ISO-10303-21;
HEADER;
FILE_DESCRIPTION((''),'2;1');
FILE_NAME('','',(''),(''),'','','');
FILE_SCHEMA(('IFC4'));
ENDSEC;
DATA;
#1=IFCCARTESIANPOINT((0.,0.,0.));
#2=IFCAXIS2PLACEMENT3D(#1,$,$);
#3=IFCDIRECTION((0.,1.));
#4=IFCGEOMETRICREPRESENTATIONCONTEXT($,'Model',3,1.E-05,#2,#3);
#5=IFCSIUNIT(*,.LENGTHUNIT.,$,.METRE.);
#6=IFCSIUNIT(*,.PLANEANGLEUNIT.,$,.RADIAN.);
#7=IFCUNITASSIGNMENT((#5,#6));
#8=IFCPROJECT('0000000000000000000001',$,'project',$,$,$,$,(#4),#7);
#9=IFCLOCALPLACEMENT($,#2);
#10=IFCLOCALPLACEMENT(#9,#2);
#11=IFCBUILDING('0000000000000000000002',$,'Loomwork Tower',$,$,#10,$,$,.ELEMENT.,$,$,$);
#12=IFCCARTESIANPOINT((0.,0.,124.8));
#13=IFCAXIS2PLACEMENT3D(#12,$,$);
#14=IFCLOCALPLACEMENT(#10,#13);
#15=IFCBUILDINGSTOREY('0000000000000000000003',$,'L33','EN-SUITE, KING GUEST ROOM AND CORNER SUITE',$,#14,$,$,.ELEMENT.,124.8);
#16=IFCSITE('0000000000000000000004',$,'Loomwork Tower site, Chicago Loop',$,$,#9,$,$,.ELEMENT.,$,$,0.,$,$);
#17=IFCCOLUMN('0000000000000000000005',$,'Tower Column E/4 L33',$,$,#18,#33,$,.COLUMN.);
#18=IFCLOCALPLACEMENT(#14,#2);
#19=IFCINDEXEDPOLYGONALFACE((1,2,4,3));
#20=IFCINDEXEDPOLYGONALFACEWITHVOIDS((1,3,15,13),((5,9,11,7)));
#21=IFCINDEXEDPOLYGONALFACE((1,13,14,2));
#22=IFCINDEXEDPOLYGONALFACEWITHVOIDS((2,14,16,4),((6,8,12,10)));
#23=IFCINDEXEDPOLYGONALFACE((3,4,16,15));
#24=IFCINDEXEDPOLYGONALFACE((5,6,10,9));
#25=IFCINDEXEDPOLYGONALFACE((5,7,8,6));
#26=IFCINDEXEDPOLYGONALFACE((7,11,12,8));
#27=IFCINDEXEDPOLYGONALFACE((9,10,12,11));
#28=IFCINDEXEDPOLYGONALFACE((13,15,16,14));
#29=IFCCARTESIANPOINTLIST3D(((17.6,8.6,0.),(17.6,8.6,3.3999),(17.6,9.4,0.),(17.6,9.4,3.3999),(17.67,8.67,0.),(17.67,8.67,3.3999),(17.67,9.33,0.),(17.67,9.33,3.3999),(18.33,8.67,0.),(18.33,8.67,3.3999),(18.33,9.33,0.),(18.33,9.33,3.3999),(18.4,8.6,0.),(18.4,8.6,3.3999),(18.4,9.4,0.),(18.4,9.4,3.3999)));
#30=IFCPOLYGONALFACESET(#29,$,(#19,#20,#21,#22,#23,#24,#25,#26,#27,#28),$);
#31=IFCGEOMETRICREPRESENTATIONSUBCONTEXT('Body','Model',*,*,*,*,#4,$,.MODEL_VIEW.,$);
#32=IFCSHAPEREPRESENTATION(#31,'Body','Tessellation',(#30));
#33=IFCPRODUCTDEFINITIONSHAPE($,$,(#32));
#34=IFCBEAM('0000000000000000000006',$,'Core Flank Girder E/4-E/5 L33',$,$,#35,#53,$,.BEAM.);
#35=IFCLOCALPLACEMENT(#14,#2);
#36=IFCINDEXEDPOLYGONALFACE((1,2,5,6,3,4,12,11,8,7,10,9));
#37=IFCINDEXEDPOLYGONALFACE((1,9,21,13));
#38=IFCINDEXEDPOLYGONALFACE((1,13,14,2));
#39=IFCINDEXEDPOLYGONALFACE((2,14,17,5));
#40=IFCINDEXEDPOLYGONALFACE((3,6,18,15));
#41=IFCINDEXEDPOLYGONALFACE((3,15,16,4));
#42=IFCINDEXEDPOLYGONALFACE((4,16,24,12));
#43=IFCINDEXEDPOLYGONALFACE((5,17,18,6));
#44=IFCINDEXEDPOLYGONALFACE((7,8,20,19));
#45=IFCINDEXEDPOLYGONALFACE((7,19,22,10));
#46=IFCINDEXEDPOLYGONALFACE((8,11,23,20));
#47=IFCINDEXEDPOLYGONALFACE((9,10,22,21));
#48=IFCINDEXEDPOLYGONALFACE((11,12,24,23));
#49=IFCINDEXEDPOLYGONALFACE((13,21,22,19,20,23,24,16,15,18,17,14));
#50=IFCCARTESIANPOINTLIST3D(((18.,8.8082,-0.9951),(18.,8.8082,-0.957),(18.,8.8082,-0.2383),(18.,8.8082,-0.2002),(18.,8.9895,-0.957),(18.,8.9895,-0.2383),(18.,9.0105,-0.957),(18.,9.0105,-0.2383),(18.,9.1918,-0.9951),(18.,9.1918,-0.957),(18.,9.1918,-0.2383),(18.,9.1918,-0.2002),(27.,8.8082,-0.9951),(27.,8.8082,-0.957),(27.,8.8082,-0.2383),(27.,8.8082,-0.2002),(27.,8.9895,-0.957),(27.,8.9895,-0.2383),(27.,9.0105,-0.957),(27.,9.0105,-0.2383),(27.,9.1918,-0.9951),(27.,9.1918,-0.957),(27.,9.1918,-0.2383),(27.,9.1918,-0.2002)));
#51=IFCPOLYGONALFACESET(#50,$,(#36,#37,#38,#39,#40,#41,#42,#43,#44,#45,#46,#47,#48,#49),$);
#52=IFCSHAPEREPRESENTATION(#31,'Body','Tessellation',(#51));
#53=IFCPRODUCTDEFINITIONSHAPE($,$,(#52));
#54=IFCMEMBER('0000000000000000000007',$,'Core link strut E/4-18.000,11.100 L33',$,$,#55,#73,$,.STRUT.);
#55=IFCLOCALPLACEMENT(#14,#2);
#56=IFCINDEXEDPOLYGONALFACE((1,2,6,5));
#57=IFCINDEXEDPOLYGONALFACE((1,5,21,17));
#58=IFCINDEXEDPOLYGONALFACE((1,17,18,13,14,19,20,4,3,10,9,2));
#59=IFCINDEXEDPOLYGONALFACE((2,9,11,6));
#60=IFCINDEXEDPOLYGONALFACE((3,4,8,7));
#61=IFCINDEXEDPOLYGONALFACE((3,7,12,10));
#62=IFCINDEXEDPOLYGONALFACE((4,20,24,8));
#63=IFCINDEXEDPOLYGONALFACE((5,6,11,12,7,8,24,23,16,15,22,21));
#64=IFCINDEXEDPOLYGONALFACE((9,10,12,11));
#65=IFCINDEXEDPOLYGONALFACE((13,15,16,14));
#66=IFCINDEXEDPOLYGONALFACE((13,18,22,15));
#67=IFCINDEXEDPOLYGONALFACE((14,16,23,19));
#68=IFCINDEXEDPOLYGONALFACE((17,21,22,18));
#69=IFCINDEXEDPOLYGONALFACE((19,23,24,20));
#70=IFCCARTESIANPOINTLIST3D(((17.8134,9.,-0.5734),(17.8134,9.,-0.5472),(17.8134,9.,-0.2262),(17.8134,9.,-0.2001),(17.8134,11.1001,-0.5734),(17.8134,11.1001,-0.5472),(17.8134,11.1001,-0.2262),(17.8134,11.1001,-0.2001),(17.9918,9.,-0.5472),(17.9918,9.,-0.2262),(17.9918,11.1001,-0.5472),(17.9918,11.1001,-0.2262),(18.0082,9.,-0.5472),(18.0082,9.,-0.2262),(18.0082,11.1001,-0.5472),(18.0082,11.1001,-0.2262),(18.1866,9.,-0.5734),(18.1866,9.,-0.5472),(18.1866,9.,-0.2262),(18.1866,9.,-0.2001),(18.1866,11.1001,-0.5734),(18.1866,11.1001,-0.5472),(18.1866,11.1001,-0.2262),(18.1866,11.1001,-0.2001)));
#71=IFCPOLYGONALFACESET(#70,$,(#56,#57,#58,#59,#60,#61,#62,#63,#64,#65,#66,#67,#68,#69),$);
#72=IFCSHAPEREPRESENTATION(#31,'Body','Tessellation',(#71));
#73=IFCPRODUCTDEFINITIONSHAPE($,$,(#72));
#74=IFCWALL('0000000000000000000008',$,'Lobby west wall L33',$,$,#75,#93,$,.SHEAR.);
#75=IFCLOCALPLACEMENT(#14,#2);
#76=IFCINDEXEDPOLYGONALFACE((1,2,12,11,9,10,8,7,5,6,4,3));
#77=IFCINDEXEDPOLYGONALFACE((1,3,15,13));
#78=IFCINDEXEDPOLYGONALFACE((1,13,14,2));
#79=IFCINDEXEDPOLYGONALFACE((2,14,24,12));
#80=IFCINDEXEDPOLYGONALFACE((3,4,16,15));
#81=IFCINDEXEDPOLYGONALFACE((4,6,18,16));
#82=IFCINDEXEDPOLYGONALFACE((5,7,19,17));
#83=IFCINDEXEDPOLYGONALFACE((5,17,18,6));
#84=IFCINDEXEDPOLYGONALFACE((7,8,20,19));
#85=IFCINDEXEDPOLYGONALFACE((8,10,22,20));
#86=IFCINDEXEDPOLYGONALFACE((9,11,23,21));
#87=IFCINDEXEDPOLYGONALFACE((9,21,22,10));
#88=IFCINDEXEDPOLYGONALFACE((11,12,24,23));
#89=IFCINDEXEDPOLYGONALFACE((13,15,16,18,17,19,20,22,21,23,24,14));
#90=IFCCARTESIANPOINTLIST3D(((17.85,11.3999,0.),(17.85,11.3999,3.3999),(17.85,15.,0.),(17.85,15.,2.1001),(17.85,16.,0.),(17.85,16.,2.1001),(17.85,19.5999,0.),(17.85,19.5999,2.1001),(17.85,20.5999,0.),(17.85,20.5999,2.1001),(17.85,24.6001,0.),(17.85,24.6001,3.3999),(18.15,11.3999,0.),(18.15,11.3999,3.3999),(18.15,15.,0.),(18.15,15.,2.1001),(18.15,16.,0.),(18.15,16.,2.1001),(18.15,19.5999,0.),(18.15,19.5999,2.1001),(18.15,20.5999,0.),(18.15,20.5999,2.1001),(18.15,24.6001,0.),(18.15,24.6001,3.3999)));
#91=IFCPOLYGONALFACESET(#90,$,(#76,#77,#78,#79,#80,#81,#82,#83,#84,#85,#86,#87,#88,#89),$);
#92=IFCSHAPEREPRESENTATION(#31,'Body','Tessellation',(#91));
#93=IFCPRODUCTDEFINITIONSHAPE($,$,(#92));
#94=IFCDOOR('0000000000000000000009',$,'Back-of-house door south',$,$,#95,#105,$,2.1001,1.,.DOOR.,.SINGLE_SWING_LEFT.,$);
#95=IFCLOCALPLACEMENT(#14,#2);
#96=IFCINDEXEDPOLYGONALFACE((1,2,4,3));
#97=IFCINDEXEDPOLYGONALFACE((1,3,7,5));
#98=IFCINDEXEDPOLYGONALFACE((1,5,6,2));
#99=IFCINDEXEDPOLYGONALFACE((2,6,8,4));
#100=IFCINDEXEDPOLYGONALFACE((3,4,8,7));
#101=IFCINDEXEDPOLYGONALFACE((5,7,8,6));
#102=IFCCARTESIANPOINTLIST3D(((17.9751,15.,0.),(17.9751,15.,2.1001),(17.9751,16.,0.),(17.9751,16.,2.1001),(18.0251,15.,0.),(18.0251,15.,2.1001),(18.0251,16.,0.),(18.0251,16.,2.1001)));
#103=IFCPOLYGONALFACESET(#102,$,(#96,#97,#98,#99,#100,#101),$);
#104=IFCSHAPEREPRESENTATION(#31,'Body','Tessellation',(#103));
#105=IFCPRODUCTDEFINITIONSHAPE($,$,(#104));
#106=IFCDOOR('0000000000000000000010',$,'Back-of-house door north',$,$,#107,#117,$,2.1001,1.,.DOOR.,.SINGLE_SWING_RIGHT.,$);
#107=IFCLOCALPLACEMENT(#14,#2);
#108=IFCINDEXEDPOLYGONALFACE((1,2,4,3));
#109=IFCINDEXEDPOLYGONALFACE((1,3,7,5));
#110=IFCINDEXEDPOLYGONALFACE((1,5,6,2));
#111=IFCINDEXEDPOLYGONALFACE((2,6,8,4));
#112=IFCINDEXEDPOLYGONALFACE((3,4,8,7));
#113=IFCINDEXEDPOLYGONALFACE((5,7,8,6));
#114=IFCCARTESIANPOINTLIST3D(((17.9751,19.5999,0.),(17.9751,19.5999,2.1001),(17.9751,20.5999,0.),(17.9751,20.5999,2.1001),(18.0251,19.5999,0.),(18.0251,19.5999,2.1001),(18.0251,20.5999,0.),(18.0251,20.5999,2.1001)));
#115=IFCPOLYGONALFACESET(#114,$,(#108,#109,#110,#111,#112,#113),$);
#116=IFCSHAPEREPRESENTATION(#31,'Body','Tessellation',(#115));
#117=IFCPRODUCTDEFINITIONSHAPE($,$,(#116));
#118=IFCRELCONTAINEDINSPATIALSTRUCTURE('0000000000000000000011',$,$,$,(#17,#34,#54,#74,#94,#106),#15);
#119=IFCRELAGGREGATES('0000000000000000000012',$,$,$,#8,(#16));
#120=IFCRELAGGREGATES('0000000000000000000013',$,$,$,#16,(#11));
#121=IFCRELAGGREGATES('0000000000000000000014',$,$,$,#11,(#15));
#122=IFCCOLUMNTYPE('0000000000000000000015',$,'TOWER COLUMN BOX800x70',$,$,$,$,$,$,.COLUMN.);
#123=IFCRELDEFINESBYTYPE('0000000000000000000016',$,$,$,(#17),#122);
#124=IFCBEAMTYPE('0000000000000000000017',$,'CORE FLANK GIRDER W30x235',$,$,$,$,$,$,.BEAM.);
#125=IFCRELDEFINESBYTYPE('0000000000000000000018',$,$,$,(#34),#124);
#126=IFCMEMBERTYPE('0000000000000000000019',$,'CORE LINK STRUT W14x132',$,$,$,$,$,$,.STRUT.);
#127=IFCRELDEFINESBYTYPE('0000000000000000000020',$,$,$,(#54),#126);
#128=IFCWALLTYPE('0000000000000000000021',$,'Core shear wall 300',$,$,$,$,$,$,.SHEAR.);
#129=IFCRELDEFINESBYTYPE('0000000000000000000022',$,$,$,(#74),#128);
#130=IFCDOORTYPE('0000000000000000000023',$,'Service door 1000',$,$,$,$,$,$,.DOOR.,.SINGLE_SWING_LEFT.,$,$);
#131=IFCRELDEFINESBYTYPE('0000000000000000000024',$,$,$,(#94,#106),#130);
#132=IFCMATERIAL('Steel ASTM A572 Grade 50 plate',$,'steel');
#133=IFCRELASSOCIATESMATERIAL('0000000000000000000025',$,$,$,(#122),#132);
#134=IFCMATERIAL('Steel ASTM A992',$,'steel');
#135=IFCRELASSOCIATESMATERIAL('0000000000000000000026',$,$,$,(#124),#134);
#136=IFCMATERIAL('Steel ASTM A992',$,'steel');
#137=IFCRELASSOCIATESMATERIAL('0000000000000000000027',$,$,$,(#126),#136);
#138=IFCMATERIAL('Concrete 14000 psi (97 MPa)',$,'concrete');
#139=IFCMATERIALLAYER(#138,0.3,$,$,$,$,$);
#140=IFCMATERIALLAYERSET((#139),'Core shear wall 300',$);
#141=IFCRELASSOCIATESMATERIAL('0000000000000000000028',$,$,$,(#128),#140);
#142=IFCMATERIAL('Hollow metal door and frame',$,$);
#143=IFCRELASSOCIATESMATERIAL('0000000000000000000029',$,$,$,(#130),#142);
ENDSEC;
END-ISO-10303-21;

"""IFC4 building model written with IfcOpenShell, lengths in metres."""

from ifc_helpers import new_model, si_unit, direction, frame, frame_2d, origin, origin_2d, place, context, subcontext, project, spatial, rectangle, hollow_rectangle, i_section, extrude, material, layer, layer_set, material_profile, profile_set, type_object, element, fill, save


model = new_model("IFC4")

# Units and contexts
model_context = context("Model", 3, precision=1e-05, world=origin(), true_north=direction((0.0, 1.0)))
body_context = subcontext(model_context, "Body", "Model", "MODEL_VIEW")
ifc_project = project(units=[si_unit("LENGTHUNIT", "METRE"), si_unit("PLANEANGLEUNIT", "RADIAN")], contexts=[model_context])

# Site, building, storey
site_placement = place(None, origin())
site = spatial("IfcSite", under=ifc_project, at=site_placement, Name="Loomwork Tower site, Chicago Loop", CompositionType="ELEMENT", RefElevation=0.0)
building_placement = place(site_placement, origin())
building = spatial("IfcBuilding", under=site, at=building_placement, Name="Loomwork Tower", CompositionType="ELEMENT")
storey_placement = place(building_placement, frame((0.0, 0.0, 124.8)))
storey = spatial("IfcBuildingStorey", under=building, at=storey_placement, Name="L33", Description="EN-SUITE, KING GUEST ROOM AND CORNER SUITE", CompositionType="ELEMENT", Elevation=124.8)

# Column
ifc_material_1 = material(Name="Steel ASTM A572 Grade 50 plate", Category="steel")
ifc_material_profile_1 = material_profile(ifc_material_1, hollow_rectangle(XDim=0.8, YDim=0.8, WallThickness=0.0701, at=origin_2d()), Name="BOX800x70")
ifc_profile_set_1 = profile_set([ifc_material_profile_1], Name="Steel ASTM A572 Grade 50 plate")
column_type = type_object("IfcColumnType", Name="TOWER COLUMN BOX800x70", PredefinedType="COLUMN", material=ifc_profile_set_1)
column_placement = place(storey_placement, frame((18.0, 9.0, 0.0), z_axis=(0.0, 0.0, 1.0), x_axis=(1.0, 0.0, 0.0)))
element("IfcColumn", 1, at=column_placement, inside=storey, type_object=column_type, Name="Tower Column E/4 L33", PredefinedType="COLUMN", context=body_context, shape_type="SweptSolid", body=[
    extrude(hollow_rectangle(XDim=0.8, YDim=0.8, WallThickness=0.0701, at=origin_2d()), origin(), (0.0, 0.0, 1.0), 3.3999),
])

# Beam
ifc_material_2 = material(Name="Steel ASTM A992", Category="steel")
ifc_material_profile_2 = material_profile(ifc_material_2, i_section(OverallWidth=0.3835, OverallDepth=0.7949, WebThickness=0.021, FlangeThickness=0.0381, at=origin_2d()), Name="W30x235")
ifc_profile_set_2 = profile_set([ifc_material_profile_2], Name="Steel ASTM A992")
beam_type = type_object("IfcBeamType", Name="CORE FLANK GIRDER W30x235", PredefinedType="BEAM", material=ifc_profile_set_2)
beam_placement = place(storey_placement, frame((18.0, 9.0, -0.5977), z_axis=(1.0, 0.0, 0.0), x_axis=(0.0, 1.0, 0.0)))
element("IfcBeam", 2, at=beam_placement, inside=storey, type_object=beam_type, Name="Core Flank Girder E/4-E/5 L33", PredefinedType="BEAM", context=body_context, shape_type="SweptSolid", body=[
    extrude(i_section(OverallWidth=0.3835, OverallDepth=0.7949, WebThickness=0.021, FlangeThickness=0.0381, at=origin_2d()), origin(), (0.0, 0.0, 1.0), 9.0),
])

# Member
ifc_material_3 = material(Name="Steel ASTM A992", Category="steel")
ifc_material_profile_3 = material_profile(ifc_material_3, i_section(OverallWidth=0.3733, OverallDepth=0.3733, WebThickness=0.0164, FlangeThickness=0.0261, at=origin_2d()), Name="W14x132")
ifc_profile_set_3 = profile_set([ifc_material_profile_3], Name="Steel ASTM A992")
member_type = type_object("IfcMemberType", Name="CORE LINK STRUT W14x132", PredefinedType="STRUT", material=ifc_profile_set_3)
member_placement = place(storey_placement, frame((18.0, 9.0, -0.3867), z_axis=(0.0, 1.0, 0.0), x_axis=(-1.0, 0.0, 0.0)))
element("IfcMember", 3, at=member_placement, inside=storey, type_object=member_type, Name="Core link strut E/4-18.000,11.100 L33", PredefinedType="STRUT", context=body_context, shape_type="SweptSolid", body=[
    extrude(i_section(OverallWidth=0.3733, OverallDepth=0.3733, WebThickness=0.0164, FlangeThickness=0.0261, at=origin_2d()), origin(), (0.0, 0.0, 1.0), 2.1001),
])

# Wall, openings, doors
ifc_material_4 = material(Name="Concrete 14000 psi (97 MPa)", Category="concrete")
ifc_layer_1 = layer(ifc_material_4, 0.3)
ifc_layer_set_1 = layer_set([ifc_layer_1], Name="Core shear wall 300")
wall_type_1 = type_object("IfcWallType", Name="Core shear wall 300", PredefinedType="SHEAR", material=ifc_layer_set_1)
wall_1_placement = place(storey_placement, frame((18.0, 11.3999, 0.0), z_axis=(0.0, 0.0, 1.0), x_axis=(0.0, 1.0, 0.0)))
wall_1 = element("IfcWall", 4, at=wall_1_placement, inside=storey, type_object=wall_type_1, Name="Lobby west wall L33", PredefinedType="SHEAR", context=body_context, shape_type="SweptSolid", body=[
    extrude(rectangle(XDim=13.2002, YDim=0.3, at=frame_2d((6.6001, 0.0))), origin(), (0.0, 0.0, 1.0), 3.3999),
])
opening_1_placement = place(wall_1_placement, frame((3.6001, 0.0, 0.0)))
opening_1 = element("IfcOpeningElement", 5, at=opening_1_placement, cuts=wall_1, PredefinedType="OPENING", context=body_context, shape_type="SweptSolid", body=[
    extrude(rectangle(XDim=1.0, YDim=2.1001, at=frame_2d((0.5, 1.05))), frame((0.0, 0.1599, 0.0), z_axis=(0.0, -1.0, 0.0), x_axis=(1.0, 0.0, 0.0)), (0.0, 0.0, 1.0), 0.3201),
])
opening_2_placement = place(wall_1_placement, frame((8.2, 0.0, 0.0)))
opening_2 = element("IfcOpeningElement", 6, at=opening_2_placement, cuts=wall_1, PredefinedType="OPENING", context=body_context, shape_type="SweptSolid", body=[
    extrude(rectangle(XDim=1.0, YDim=2.1001, at=frame_2d((0.5, 1.05))), frame((0.0, 0.1599, 0.0), z_axis=(0.0, -1.0, 0.0), x_axis=(1.0, 0.0, 0.0)), (0.0, 0.0, 1.0), 0.3201),
])
ifc_material_5 = material(Name="Hollow metal door and frame")
door_type_1 = type_object("IfcDoorType", Name="Service door 1000", OperationType="SINGLE_SWING_LEFT", PredefinedType="DOOR", material=ifc_material_5)
door_1_placement = place(opening_1_placement, origin())
door_1 = element("IfcDoor", 7, at=door_1_placement, inside=storey, type_object=door_type_1, Name="Back-of-house door south", OperationType="SINGLE_SWING_LEFT", OverallHeight=2.1001, OverallWidth=1.0, PredefinedType="DOOR", context=body_context, shape_type="SweptSolid", body=[
    extrude(rectangle(XDim=1.0, YDim=2.1001, at=frame_2d((0.5, 1.05))), frame((0.0, 0.0249, 0.0), z_axis=(0.0, -1.0, 0.0), x_axis=(1.0, 0.0, 0.0)), (0.0, 0.0, 1.0), 0.05),
])
fill(opening_1, door_1)
door_2_placement = place(opening_2_placement, origin())
door_2 = element("IfcDoor", 8, at=door_2_placement, inside=storey, type_object=door_type_1, Name="Back-of-house door north", OperationType="SINGLE_SWING_RIGHT", OverallHeight=2.1001, OverallWidth=1.0, PredefinedType="DOOR", context=body_context, shape_type="SweptSolid", body=[
    extrude(rectangle(XDim=1.0, YDim=2.1001, at=frame_2d((0.5, 1.05))), frame((0.0, 0.0249, 0.0), z_axis=(0.0, -1.0, 0.0), x_axis=(1.0, 0.0, 0.0)), (0.0, 0.0, 1.0), 0.05),
])
fill(opening_2, door_2)

save(model, "model.ifc")
